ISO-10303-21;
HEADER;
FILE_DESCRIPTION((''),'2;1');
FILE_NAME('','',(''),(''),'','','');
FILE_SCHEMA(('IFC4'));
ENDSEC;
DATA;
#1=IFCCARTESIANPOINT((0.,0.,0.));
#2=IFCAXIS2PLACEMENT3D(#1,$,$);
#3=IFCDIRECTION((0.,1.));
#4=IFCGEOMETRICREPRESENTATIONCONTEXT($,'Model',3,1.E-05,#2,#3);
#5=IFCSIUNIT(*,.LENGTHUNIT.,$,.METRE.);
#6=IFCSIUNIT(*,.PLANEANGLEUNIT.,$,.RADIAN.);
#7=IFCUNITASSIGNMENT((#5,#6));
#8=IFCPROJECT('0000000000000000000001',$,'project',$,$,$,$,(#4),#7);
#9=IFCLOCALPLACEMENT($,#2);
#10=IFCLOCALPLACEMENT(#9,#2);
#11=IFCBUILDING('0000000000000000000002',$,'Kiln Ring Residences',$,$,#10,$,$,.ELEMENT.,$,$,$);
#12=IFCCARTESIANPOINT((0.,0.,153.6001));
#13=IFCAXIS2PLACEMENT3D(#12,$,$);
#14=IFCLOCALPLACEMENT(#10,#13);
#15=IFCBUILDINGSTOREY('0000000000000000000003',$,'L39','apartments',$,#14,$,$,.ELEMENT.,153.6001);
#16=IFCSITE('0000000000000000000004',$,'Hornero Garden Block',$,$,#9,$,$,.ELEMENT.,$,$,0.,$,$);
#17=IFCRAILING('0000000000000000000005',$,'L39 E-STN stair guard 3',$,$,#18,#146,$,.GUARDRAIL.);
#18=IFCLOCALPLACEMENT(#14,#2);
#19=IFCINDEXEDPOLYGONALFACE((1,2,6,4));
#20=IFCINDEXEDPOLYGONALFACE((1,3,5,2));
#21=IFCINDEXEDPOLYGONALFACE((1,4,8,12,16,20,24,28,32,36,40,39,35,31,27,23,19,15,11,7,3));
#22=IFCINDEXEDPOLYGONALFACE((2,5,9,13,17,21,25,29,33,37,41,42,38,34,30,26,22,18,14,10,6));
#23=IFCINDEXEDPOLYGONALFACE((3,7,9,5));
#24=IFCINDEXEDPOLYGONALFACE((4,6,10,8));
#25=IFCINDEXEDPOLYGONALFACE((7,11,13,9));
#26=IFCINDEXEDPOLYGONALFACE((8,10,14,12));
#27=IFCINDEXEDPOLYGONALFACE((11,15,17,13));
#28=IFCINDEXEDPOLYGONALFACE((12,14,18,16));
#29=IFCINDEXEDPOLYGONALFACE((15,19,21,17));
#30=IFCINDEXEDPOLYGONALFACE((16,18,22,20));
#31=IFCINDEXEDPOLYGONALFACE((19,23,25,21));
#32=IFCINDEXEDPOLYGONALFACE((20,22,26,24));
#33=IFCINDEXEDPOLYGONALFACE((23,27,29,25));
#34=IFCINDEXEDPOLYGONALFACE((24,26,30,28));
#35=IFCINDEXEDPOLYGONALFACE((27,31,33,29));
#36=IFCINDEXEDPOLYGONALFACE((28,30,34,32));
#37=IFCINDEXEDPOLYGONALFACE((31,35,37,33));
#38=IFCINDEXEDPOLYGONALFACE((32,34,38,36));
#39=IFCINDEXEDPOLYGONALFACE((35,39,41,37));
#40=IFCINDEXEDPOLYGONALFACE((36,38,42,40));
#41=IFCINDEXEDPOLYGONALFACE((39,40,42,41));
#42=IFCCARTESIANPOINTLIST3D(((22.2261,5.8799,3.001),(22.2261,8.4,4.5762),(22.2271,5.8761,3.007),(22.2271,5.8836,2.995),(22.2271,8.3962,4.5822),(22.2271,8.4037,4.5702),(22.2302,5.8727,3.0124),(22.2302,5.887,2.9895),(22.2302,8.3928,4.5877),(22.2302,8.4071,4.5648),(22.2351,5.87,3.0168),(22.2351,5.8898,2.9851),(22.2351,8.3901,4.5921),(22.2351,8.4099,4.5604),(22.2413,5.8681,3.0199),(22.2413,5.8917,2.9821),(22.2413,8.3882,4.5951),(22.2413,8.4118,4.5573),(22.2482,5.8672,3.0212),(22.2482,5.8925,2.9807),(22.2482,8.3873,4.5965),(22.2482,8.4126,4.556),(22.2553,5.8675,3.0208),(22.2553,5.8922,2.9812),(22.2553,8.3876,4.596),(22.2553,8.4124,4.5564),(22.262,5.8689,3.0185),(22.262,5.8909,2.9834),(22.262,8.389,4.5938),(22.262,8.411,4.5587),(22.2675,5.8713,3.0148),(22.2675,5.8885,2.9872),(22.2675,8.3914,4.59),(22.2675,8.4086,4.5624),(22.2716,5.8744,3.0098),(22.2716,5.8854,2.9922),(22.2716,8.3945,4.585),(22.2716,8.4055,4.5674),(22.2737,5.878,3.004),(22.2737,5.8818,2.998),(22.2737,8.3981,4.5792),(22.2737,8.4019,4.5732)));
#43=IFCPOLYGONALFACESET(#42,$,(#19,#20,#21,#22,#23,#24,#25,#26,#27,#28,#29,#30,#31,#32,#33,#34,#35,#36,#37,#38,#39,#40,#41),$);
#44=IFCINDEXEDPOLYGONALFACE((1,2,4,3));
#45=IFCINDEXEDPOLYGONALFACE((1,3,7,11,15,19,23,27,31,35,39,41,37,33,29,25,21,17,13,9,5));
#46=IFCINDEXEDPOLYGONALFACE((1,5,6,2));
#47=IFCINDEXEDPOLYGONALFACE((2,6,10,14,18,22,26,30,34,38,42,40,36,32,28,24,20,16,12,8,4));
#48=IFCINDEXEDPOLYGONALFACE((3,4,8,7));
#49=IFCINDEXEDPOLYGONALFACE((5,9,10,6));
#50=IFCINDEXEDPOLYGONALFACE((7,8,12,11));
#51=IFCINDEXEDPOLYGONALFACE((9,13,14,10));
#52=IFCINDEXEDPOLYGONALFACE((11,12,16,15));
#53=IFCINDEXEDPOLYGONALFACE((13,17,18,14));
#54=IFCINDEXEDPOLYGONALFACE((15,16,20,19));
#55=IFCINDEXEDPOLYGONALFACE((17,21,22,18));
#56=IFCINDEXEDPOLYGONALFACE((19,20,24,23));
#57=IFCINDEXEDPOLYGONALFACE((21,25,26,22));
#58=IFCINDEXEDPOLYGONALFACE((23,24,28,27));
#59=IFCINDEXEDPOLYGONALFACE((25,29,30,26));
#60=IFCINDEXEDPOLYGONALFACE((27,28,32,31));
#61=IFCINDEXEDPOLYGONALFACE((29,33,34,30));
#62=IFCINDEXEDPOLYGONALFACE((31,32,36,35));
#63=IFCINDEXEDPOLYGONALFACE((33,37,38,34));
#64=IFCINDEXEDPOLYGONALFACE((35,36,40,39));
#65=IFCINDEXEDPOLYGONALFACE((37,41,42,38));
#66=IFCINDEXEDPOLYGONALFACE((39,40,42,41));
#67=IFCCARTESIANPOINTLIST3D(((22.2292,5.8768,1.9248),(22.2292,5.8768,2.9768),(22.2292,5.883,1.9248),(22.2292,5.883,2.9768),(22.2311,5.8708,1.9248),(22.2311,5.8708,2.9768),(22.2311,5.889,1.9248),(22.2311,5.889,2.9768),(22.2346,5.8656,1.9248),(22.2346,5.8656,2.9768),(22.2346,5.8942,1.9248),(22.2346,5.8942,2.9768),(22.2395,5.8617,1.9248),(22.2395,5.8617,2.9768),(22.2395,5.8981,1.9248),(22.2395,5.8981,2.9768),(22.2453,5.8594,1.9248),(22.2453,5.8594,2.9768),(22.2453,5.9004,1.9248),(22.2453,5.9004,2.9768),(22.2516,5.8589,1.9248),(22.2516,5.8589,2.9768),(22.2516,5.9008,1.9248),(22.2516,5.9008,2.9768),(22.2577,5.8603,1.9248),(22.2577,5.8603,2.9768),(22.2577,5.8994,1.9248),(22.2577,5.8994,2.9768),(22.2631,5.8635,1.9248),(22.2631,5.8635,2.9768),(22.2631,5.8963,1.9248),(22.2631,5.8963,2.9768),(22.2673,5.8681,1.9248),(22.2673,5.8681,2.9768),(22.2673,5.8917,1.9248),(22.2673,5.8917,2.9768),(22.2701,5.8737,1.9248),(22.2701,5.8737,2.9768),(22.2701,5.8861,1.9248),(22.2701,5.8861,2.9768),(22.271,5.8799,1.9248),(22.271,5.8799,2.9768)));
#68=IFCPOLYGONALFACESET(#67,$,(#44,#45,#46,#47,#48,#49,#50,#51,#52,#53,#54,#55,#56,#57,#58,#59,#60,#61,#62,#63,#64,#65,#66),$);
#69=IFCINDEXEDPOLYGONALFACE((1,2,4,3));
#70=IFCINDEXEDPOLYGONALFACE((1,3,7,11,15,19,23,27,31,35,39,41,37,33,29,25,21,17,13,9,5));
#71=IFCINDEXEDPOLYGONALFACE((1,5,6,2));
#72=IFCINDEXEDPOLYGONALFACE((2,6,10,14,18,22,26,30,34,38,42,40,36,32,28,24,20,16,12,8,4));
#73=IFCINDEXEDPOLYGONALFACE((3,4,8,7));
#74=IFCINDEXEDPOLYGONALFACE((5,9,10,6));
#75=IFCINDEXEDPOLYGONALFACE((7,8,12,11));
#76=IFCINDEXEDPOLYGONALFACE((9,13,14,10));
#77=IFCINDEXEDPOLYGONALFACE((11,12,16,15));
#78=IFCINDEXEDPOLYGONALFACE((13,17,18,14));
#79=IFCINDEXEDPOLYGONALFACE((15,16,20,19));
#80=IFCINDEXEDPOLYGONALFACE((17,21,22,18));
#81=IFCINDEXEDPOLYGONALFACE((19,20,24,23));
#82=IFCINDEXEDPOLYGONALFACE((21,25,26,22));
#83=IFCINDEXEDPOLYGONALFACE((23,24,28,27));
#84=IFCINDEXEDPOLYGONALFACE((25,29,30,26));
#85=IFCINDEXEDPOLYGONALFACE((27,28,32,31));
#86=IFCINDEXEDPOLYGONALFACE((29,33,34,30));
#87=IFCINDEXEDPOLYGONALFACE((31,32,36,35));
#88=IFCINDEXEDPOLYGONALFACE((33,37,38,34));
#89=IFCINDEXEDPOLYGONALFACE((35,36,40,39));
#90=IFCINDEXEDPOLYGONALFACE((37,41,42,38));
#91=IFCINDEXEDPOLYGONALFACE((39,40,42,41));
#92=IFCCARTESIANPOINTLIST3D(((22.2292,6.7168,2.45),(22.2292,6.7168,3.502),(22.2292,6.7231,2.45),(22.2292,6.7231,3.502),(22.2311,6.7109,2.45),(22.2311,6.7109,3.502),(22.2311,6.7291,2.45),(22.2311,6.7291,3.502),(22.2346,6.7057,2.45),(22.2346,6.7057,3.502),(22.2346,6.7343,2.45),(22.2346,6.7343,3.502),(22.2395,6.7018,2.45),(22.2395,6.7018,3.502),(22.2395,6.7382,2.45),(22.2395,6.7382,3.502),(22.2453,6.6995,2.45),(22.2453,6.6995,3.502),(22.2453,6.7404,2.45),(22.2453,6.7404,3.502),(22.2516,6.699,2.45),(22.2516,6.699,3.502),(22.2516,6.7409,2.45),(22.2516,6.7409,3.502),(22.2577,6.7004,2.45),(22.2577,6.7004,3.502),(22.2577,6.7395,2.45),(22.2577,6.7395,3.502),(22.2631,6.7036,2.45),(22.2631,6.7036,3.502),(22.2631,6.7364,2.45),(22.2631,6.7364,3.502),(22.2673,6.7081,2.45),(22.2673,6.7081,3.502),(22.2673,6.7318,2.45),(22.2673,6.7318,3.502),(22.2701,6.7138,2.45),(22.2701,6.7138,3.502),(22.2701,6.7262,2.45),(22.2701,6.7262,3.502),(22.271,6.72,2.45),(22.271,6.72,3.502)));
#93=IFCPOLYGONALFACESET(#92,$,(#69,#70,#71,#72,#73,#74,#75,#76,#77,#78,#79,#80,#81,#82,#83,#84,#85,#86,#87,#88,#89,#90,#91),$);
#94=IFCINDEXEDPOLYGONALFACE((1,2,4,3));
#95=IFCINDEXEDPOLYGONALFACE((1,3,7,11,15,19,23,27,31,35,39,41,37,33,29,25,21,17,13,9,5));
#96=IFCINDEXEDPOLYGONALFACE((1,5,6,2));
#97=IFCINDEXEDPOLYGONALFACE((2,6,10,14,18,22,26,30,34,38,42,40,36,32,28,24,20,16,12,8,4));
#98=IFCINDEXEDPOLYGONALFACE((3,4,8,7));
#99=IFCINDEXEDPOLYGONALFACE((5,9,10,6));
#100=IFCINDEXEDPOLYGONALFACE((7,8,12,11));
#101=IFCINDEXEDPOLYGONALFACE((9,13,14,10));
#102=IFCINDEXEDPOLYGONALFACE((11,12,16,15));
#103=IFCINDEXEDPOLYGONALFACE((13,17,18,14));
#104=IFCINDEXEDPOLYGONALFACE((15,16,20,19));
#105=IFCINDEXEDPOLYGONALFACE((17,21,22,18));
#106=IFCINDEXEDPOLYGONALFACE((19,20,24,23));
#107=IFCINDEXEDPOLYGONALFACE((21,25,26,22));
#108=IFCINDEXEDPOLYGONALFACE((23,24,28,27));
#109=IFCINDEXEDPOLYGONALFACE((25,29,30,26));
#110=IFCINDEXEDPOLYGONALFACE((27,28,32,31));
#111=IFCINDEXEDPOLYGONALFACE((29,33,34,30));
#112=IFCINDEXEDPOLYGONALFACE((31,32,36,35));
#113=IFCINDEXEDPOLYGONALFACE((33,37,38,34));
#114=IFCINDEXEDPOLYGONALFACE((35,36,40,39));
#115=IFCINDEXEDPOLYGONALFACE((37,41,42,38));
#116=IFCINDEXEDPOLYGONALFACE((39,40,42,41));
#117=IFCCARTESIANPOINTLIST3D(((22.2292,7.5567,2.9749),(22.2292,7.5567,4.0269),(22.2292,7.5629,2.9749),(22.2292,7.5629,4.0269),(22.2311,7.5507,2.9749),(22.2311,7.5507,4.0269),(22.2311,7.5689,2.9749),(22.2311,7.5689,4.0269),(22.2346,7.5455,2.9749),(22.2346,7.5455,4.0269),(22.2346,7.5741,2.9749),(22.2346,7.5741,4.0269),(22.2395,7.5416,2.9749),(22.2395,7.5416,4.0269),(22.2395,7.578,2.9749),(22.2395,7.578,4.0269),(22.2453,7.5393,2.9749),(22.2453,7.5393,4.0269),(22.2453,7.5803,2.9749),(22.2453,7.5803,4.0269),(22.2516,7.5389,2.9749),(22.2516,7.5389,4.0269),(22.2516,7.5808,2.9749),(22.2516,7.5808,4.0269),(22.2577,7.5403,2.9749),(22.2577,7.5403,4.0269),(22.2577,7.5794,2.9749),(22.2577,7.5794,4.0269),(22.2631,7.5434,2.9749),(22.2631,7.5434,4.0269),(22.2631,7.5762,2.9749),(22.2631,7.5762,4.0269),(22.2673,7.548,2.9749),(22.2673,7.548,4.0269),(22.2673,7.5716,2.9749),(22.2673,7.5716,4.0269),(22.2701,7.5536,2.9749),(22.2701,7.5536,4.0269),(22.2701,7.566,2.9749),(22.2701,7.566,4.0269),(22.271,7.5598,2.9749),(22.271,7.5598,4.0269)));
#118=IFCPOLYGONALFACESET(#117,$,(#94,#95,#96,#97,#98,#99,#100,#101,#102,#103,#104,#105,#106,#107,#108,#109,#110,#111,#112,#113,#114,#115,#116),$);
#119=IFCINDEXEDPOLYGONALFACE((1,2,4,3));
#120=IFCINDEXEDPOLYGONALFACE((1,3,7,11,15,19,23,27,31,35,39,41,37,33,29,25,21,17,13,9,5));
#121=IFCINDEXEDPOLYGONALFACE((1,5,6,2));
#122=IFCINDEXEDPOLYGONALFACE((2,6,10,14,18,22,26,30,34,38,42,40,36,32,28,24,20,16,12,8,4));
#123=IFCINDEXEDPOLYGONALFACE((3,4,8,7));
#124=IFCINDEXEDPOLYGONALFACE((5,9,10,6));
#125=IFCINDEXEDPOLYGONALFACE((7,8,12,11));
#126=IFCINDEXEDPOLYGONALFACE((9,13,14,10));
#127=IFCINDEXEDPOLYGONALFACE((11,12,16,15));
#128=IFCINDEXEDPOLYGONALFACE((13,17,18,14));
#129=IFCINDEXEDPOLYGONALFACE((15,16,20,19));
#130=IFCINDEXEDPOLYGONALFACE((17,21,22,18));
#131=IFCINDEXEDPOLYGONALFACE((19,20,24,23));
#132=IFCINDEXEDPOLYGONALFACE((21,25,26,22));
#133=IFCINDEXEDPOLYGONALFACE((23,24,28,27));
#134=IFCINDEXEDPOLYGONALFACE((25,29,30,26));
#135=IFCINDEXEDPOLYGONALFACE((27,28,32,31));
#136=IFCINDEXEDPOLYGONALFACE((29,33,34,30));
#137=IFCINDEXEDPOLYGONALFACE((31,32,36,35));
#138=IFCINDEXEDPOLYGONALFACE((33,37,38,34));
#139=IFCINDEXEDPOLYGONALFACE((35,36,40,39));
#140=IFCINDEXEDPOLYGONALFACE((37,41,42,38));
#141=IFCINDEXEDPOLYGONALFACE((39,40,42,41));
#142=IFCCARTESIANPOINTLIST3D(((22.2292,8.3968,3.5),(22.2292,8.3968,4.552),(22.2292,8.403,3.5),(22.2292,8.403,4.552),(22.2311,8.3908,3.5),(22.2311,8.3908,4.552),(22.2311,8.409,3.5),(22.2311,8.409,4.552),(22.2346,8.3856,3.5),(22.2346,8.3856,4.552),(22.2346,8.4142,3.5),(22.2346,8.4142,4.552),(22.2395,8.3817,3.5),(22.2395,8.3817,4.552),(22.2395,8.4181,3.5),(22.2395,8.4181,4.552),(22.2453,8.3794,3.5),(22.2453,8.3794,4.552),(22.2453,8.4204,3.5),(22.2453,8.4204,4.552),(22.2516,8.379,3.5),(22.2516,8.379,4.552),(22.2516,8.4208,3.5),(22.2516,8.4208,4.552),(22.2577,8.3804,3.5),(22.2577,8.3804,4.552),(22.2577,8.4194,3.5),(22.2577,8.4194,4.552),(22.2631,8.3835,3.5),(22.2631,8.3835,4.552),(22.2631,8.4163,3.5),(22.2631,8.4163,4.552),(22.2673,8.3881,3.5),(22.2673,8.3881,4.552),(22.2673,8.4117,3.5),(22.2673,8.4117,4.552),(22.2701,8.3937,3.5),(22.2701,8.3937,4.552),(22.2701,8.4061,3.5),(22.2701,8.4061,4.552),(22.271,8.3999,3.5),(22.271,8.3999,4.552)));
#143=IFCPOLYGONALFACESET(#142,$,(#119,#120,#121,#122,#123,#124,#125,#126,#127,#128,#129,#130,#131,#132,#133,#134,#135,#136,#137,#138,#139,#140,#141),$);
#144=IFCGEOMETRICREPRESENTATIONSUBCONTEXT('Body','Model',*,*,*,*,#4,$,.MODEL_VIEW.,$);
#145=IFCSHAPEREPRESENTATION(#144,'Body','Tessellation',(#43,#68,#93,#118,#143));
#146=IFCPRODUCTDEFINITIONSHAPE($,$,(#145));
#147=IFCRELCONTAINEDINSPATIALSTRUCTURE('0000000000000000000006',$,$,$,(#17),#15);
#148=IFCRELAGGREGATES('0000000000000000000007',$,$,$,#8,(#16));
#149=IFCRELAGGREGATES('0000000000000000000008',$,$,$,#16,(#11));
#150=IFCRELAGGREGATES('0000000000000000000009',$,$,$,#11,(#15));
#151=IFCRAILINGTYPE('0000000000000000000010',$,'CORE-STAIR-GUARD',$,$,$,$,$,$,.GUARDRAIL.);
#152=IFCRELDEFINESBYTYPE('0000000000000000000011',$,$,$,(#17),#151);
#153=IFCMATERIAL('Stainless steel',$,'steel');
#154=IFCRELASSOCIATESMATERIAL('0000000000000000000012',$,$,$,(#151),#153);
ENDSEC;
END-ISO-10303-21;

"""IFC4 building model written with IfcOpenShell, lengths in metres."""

from ifc_helpers import new_model, si_unit, direction, frame, origin, origin_2d, place, context, subcontext, project, spatial, circle, extrude, material, type_object, element, save


model = new_model("IFC4")

# Units and contexts
model_context = context("Model", 3, precision=1e-05, world=origin(), true_north=direction((0.0, 1.0)))
body_context = subcontext(model_context, "Body", "Model", "MODEL_VIEW")
ifc_project = project(units=[si_unit("LENGTHUNIT", "METRE"), si_unit("PLANEANGLEUNIT", "RADIAN")], contexts=[model_context])

# Site, building, storey
site_placement = place(None, origin())
site = spatial("IfcSite", under=ifc_project, at=site_placement, Name="Hornero Garden Block", CompositionType="ELEMENT", RefElevation=0.0)
building_placement = place(site_placement, origin())
building = spatial("IfcBuilding", under=site, at=building_placement, Name="Kiln Ring Residences", CompositionType="ELEMENT")
storey_placement = place(building_placement, frame((0.0, 0.0, 153.6001)))
storey = spatial("IfcBuildingStorey", under=building, at=storey_placement, Name="L39", Description="apartments", CompositionType="ELEMENT", Elevation=153.6001)

# Railing
ifc_material_1 = material(Name="Stainless steel", Category="steel")
railing_type_1 = type_object("IfcRailingType", Name="CORE-STAIR-GUARD", PredefinedType="GUARDRAIL", material=ifc_material_1)
railing_1_placement = place(storey_placement, frame((22.25, 5.8799, 1.9248)))
element("IfcRailing", 1, at=railing_1_placement, inside=storey, type_object=railing_type_1, Name="L39 E-STN stair guard 3", PredefinedType="GUARDRAIL", context=body_context, shape_type="SweptSolid", body=[
    extrude(circle(Radius=0.0239, at=origin_2d()), frame((0.0, 0.0, 1.0762), z_axis=(0.0, 0.847971, 0.530043), x_axis=(-1.0, 0.0, 0.0)), (0.0, 0.0, 1.0), 2.9719),
    extrude(circle(Radius=0.021, at=origin_2d()), origin(), (0.0, 0.0, 1.0), 1.052),
    extrude(circle(Radius=0.021, at=origin_2d()), frame((0.0, 0.8401, 0.5251)), (0.0, 0.0, 1.0), 1.052),
    extrude(circle(Radius=0.021, at=origin_2d()), frame((0.0, 1.6799, 1.05)), (0.0, 0.0, 1.0), 1.052),
    extrude(circle(Radius=0.021, at=origin_2d()), frame((0.0, 2.52, 1.5752)), (0.0, 0.0, 1.0), 1.052),
])

save(model, "model.ifc")
